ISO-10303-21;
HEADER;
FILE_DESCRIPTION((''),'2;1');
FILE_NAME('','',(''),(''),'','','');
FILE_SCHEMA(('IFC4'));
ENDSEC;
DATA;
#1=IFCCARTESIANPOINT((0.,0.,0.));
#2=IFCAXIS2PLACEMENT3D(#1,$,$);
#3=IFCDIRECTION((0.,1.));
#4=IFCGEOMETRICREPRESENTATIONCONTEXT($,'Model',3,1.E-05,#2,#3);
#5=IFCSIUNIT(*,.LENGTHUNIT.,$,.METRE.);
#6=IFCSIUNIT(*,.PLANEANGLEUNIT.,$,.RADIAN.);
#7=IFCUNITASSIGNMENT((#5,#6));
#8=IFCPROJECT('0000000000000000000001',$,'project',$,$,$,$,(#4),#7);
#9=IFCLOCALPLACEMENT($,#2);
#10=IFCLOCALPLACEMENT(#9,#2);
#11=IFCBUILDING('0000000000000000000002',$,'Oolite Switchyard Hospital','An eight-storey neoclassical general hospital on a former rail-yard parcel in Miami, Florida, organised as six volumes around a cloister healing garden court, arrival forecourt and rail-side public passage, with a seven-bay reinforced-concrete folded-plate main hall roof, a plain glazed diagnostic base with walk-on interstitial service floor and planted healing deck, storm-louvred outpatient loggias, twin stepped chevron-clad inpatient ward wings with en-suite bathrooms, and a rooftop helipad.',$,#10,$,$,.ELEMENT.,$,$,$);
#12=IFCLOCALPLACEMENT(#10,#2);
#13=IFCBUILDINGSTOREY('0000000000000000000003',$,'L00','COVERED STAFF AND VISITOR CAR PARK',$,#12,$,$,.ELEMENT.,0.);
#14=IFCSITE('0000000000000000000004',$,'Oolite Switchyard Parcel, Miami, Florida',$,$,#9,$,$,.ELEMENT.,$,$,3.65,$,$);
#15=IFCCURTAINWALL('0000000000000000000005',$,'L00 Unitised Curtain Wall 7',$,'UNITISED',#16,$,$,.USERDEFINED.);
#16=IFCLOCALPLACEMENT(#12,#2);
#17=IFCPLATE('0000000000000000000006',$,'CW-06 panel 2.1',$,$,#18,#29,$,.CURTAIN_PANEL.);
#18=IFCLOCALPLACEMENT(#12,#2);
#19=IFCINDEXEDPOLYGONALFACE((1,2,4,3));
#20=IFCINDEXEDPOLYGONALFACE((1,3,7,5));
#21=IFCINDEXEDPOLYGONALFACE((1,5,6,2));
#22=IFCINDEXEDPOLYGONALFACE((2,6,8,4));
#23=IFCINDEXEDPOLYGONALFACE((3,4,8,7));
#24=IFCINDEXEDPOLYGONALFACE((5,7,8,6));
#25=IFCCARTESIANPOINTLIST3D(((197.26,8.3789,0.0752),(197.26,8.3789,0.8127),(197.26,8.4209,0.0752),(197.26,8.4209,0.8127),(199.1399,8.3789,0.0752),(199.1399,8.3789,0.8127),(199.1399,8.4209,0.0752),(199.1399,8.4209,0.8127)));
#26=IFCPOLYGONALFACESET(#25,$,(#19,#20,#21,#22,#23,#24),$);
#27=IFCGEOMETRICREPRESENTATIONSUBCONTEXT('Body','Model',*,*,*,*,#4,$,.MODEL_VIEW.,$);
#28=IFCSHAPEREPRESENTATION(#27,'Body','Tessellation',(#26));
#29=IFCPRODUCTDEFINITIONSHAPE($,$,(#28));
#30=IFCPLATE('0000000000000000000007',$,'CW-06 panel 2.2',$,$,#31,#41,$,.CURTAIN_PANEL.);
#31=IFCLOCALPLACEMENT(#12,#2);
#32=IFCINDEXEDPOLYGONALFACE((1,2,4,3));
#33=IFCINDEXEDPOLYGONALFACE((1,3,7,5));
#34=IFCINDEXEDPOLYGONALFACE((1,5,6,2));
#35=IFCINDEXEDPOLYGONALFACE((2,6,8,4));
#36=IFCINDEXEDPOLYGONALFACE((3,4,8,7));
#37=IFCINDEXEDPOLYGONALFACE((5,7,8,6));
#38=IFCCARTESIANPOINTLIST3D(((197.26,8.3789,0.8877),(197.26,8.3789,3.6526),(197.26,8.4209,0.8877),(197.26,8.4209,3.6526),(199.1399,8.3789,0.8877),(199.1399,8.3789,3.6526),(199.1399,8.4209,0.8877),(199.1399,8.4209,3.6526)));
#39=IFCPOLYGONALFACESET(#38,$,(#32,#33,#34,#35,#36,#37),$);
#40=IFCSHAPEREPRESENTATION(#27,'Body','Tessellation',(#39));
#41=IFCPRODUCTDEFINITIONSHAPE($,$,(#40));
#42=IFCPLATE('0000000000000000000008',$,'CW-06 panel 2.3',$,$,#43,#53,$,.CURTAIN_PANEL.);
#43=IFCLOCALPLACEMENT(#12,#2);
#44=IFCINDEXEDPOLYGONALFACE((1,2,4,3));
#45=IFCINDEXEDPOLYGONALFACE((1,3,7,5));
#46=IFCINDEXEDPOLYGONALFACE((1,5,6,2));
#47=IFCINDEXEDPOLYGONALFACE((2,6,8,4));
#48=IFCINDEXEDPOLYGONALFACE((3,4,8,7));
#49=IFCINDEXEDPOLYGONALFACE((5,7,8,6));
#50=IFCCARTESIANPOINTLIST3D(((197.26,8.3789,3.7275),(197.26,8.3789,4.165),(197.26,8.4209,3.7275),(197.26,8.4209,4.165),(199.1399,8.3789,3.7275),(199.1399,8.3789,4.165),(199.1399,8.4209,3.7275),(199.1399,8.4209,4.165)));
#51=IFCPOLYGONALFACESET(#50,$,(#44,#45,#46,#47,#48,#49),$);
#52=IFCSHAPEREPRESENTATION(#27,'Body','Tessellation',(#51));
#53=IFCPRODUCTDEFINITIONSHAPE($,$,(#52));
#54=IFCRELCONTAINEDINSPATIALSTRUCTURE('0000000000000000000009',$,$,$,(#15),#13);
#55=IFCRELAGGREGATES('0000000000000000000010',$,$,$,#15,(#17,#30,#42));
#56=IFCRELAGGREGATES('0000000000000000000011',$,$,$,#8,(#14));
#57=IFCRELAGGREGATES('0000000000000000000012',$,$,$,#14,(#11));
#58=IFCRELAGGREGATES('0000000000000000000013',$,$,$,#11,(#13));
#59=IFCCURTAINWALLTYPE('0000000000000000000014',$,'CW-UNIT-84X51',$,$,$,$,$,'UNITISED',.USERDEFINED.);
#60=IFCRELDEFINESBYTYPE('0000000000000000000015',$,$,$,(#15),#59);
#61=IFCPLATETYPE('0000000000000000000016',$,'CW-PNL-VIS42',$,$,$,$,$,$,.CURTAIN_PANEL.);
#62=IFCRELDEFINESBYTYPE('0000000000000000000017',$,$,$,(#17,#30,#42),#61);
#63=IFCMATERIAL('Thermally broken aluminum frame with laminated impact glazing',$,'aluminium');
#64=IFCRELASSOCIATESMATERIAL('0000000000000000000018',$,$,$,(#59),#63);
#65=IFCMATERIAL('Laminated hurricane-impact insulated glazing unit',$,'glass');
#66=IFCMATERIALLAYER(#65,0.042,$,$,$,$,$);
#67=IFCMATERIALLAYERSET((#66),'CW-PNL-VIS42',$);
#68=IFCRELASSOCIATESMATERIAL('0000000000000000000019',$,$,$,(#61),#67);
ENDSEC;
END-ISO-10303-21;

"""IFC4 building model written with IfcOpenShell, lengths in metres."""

from ifc_helpers import new_model, si_unit, direction, frame, origin, origin_2d, place, context, subcontext, project, spatial, rectangle, extrude, material, layer, layer_set, type_object, element, aggregate, save


model = new_model("IFC4")

# Units and contexts
model_context = context("Model", 3, precision=1e-05, world=origin(), true_north=direction((0.0, 1.0)))
body_context = subcontext(model_context, "Body", "Model", "MODEL_VIEW")
ifc_project = project(units=[si_unit("LENGTHUNIT", "METRE"), si_unit("PLANEANGLEUNIT", "RADIAN")], contexts=[model_context])

# Site, building, storey
site_placement = place(None, origin())
site = spatial("IfcSite", under=ifc_project, at=site_placement, Name="Oolite Switchyard Parcel, Miami, Florida", CompositionType="ELEMENT", RefElevation=3.65)
building_placement = place(site_placement, origin())
building = spatial("IfcBuilding", under=site, at=building_placement, Name="Oolite Switchyard Hospital", Description="An eight-storey neoclassical general hospital on a former rail-yard parcel in Miami, Florida, organised as six volumes around a cloister healing garden court, arrival forecourt and rail-side public passage, with a seven-bay reinforced-concrete folded-plate main hall roof, a plain glazed diagnostic base with walk-on interstitial service floor and planted healing deck, storm-louvred outpatient loggias, twin stepped chevron-clad inpatient ward wings with en-suite bathrooms, and a rooftop helipad.", CompositionType="ELEMENT")
storey_placement = place(building_placement, origin())
storey = spatial("IfcBuildingStorey", under=building, at=storey_placement, Name="L00", Description="COVERED STAFF AND VISITOR CAR PARK", CompositionType="ELEMENT", Elevation=0.0)

# Curtain wall
ifc_material_1 = material(Name="Thermally broken aluminum frame with laminated impact glazing", Category="aluminium")
curtain_wall_type = type_object("IfcCurtainWallType", Name="CW-UNIT-84X51", ElementType="UNITISED", PredefinedType="USERDEFINED", material=ifc_material_1)
curtain_wall_1_placement = place(storey_placement, origin())
curtain_wall_1 = element("IfcCurtainWall", 1, at=curtain_wall_1_placement, inside=storey, type_object=curtain_wall_type, Name="L00 Unitised Curtain Wall 7", ObjectType="UNITISED", PredefinedType="USERDEFINED")

# Plates
ifc_material_2 = material(Name="Laminated hurricane-impact insulated glazing unit", Category="glass")
ifc_layer_1 = layer(ifc_material_2, 0.042)
ifc_layer_set_1 = layer_set([ifc_layer_1], Name="CW-PNL-VIS42")
plate_type_1 = type_object("IfcPlateType", Name="CW-PNL-VIS42", PredefinedType="CURTAIN_PANEL", material=ifc_layer_set_1)
plate_1_placement = place(storey_placement, frame((198.2, 8.3999, 0.0752), z_axis=(0.0, 0.0, 1.0), x_axis=(-1.0, 0.0, 0.0)))
plate_1 = element("IfcPlate", 2, at=plate_1_placement, type_object=plate_type_1, Name="CW-06 panel 2.1", PredefinedType="CURTAIN_PANEL", context=body_context, shape_type="SweptSolid", body=[
    extrude(rectangle(XDim=1.8799, YDim=0.042, at=origin_2d()), origin(), (0.0, 0.0, 1.0), 0.7375),
])
plate_2_placement = place(storey_placement, frame((198.2, 8.3999, 0.8877), z_axis=(0.0, 0.0, 1.0), x_axis=(-1.0, 0.0, 0.0)))
plate_2 = element("IfcPlate", 3, at=plate_2_placement, type_object=plate_type_1, Name="CW-06 panel 2.2", PredefinedType="CURTAIN_PANEL", context=body_context, shape_type="SweptSolid", body=[
    extrude(rectangle(XDim=1.8799, YDim=0.042, at=origin_2d()), origin(), (0.0, 0.0, 1.0), 2.7649),
])
plate_3_placement = place(storey_placement, frame((198.2, 8.3999, 3.7275), z_axis=(0.0, 0.0, 1.0), x_axis=(-1.0, 0.0, 0.0)))
plate_3 = element("IfcPlate", 4, at=plate_3_placement, type_object=plate_type_1, Name="CW-06 panel 2.3", PredefinedType="CURTAIN_PANEL", context=body_context, shape_type="SweptSolid", body=[
    extrude(rectangle(XDim=1.8799, YDim=0.042, at=origin_2d()), origin(), (0.0, 0.0, 1.0), 0.4375),
])
aggregate(curtain_wall_1, [plate_1, plate_2, plate_3])

save(model, "model.ifc")
